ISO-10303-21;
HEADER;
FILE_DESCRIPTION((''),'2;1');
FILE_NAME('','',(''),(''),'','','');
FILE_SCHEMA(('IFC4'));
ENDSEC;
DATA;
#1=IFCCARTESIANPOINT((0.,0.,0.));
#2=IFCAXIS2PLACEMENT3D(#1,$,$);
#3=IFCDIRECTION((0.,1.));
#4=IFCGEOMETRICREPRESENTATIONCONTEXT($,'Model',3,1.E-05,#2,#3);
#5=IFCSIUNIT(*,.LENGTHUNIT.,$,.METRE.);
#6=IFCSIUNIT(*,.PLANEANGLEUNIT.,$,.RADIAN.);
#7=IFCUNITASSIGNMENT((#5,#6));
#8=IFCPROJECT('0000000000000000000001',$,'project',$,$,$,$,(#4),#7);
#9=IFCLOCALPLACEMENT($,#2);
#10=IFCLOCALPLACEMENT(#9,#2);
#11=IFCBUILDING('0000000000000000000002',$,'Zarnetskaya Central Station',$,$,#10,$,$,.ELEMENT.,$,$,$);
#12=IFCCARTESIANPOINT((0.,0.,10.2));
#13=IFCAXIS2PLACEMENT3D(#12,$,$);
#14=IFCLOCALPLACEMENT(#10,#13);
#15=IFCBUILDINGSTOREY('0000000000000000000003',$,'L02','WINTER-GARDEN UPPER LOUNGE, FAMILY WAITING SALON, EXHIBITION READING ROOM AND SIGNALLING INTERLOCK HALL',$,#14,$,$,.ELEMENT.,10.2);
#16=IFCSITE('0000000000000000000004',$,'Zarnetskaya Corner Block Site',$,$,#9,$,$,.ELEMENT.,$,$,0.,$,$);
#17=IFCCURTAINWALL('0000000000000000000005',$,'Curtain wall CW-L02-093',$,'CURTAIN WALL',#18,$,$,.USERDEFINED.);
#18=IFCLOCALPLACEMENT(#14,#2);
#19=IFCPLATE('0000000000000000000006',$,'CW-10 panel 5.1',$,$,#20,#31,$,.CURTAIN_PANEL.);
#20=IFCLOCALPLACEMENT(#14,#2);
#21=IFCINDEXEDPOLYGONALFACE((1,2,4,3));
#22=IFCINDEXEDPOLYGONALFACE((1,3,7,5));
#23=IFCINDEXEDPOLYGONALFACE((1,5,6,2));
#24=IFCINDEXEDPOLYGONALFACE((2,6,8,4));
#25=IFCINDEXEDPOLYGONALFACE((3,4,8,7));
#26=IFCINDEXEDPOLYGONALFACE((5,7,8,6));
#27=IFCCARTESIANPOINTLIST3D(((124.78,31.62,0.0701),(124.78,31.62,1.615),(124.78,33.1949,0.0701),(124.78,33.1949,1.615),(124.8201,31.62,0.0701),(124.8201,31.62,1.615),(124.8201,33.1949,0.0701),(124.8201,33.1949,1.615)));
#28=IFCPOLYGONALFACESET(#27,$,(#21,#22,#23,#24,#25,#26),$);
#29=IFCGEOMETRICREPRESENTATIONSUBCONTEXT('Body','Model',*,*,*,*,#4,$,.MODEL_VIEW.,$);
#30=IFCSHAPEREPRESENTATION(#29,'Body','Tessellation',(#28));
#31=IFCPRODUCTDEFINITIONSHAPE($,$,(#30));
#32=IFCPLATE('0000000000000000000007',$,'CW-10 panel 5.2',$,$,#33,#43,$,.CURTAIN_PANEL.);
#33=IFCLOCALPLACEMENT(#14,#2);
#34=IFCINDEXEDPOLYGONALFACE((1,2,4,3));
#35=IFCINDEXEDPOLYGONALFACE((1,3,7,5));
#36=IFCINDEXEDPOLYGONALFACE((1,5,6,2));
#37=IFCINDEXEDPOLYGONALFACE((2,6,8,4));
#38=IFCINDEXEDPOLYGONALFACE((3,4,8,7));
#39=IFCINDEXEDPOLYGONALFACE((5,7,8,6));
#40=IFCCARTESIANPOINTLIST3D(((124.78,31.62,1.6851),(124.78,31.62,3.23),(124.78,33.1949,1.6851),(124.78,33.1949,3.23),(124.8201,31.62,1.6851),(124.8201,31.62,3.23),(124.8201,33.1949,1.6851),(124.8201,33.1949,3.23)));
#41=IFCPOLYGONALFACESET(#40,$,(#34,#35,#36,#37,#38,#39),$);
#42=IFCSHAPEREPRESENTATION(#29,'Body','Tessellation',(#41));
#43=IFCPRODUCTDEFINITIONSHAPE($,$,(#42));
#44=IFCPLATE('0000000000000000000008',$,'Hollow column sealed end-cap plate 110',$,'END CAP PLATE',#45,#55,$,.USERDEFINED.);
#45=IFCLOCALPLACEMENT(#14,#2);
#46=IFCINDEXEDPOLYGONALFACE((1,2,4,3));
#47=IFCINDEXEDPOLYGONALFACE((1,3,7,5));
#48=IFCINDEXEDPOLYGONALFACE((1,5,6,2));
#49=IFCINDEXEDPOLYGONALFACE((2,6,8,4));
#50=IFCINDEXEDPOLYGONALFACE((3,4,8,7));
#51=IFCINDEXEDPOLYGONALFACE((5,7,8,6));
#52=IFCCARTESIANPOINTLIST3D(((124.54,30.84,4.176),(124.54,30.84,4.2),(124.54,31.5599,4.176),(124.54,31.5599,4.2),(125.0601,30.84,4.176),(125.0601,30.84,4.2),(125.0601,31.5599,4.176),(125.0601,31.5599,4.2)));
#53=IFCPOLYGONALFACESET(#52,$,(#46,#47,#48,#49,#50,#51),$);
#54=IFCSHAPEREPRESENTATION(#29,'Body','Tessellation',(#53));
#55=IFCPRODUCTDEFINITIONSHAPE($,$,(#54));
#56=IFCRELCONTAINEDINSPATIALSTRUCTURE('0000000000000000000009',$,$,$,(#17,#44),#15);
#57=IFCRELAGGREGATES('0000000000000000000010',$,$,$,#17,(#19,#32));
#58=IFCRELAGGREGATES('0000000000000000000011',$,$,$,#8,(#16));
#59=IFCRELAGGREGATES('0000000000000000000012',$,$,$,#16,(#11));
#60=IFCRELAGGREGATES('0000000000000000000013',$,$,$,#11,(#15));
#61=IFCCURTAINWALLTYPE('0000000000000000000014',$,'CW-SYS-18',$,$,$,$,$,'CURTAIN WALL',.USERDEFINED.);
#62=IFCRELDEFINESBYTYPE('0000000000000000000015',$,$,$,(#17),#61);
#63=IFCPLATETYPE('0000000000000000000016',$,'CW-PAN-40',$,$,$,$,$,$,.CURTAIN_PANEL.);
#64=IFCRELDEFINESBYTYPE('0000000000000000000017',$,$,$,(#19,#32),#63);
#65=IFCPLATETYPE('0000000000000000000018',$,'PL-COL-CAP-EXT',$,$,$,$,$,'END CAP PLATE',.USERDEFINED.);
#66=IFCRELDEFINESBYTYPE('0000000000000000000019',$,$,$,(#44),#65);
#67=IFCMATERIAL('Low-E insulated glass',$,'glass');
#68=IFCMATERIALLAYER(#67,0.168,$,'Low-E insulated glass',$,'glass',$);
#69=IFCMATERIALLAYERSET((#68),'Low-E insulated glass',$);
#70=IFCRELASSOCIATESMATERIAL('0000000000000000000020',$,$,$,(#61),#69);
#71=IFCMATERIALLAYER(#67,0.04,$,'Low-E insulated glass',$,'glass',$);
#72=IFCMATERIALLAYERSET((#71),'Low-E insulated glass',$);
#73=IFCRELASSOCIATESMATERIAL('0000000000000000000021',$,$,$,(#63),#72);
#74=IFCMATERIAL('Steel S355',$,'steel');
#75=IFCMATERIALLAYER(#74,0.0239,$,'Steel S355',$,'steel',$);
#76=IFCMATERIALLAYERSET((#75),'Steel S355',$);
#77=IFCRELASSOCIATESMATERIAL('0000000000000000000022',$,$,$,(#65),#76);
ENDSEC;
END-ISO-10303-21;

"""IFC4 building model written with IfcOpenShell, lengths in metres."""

from ifc_helpers import new_model, si_unit, direction, frame, origin, origin_2d, place, context, subcontext, project, spatial, rectangle, extrude, material, layer, layer_set, type_object, element, aggregate, save


model = new_model("IFC4")

# Units and contexts
model_context = context("Model", 3, precision=1e-05, world=origin(), true_north=direction((0.0, 1.0)))
body_context = subcontext(model_context, "Body", "Model", "MODEL_VIEW")
ifc_project = project(units=[si_unit("LENGTHUNIT", "METRE"), si_unit("PLANEANGLEUNIT", "RADIAN")], contexts=[model_context])

# Site, building, storey
site_placement = place(None, origin())
site = spatial("IfcSite", under=ifc_project, at=site_placement, Name="Zarnetskaya Corner Block Site", CompositionType="ELEMENT", RefElevation=0.0)
building_placement = place(site_placement, origin())
building = spatial("IfcBuilding", under=site, at=building_placement, Name="Zarnetskaya Central Station", CompositionType="ELEMENT")
storey_placement = place(building_placement, frame((0.0, 0.0, 10.2)))
storey = spatial("IfcBuildingStorey", under=building, at=storey_placement, Name="L02", Description="WINTER-GARDEN UPPER LOUNGE, FAMILY WAITING SALON, EXHIBITION READING ROOM AND SIGNALLING INTERLOCK HALL", CompositionType="ELEMENT", Elevation=10.2)

# Shared definitions
ifc_material_1 = material(Name="Steel S355", Category="steel")

# Curtain wall
ifc_material_2 = material(Name="Low-E insulated glass", Category="glass")
ifc_layer_1 = layer(ifc_material_2, 0.168, Name="Low-E insulated glass", Category="glass")
ifc_layer_set_1 = layer_set([ifc_layer_1], Name="Low-E insulated glass")
curtain_wall_type = type_object("IfcCurtainWallType", Name="CW-SYS-18", ElementType="CURTAIN WALL", PredefinedType="USERDEFINED", material=ifc_layer_set_1)
curtain_wall_1_placement = place(storey_placement, origin())
curtain_wall_1 = element("IfcCurtainWall", 1, at=curtain_wall_1_placement, inside=storey, type_object=curtain_wall_type, Name="Curtain wall CW-L02-093", ObjectType="CURTAIN WALL", PredefinedType="USERDEFINED")

# Plates
ifc_layer_2 = layer(ifc_material_2, 0.04, Name="Low-E insulated glass", Category="glass")
ifc_layer_set_2 = layer_set([ifc_layer_2], Name="Low-E insulated glass")
plate_type_1 = type_object("IfcPlateType", Name="CW-PAN-40", PredefinedType="CURTAIN_PANEL", material=ifc_layer_set_2)
plate_1_placement = place(storey_placement, frame((124.8, 32.4075, 0.0701), z_axis=(0.0, 0.0, 1.0), x_axis=(0.0, -1.0, 0.0)))
plate_1 = element("IfcPlate", 2, at=plate_1_placement, type_object=plate_type_1, Name="CW-10 panel 5.1", PredefinedType="CURTAIN_PANEL", context=body_context, shape_type="SweptSolid", body=[
    extrude(rectangle(XDim=1.575, YDim=0.04, at=origin_2d()), origin(), (0.0, 0.0, 1.0), 1.5449),
])
plate_2_placement = place(storey_placement, frame((124.8, 32.4075, 1.6851), z_axis=(0.0, 0.0, 1.0), x_axis=(0.0, -1.0, 0.0)))
plate_2 = element("IfcPlate", 3, at=plate_2_placement, type_object=plate_type_1, Name="CW-10 panel 5.2", PredefinedType="CURTAIN_PANEL", context=body_context, shape_type="SweptSolid", body=[
    extrude(rectangle(XDim=1.575, YDim=0.04, at=origin_2d()), origin(), (0.0, 0.0, 1.0), 1.5449),
])
aggregate(curtain_wall_1, [plate_1, plate_2])
ifc_layer_3 = layer(ifc_material_1, 0.0239, Name="Steel S355", Category="steel")
ifc_layer_set_3 = layer_set([ifc_layer_3], Name="Steel S355")
plate_type_2 = type_object("IfcPlateType", Name="PL-COL-CAP-EXT", ElementType="END CAP PLATE", PredefinedType="USERDEFINED", material=ifc_layer_set_3)
plate_3_placement = place(storey_placement, frame((124.8, 31.2, 4.176), z_axis=(0.0, 0.0, 1.0), x_axis=(1.0, 0.0, 0.0)))
element("IfcPlate", 4, at=plate_3_placement, inside=storey, type_object=plate_type_2, Name="Hollow column sealed end-cap plate 110", ObjectType="END CAP PLATE", PredefinedType="USERDEFINED", context=body_context, shape_type="SweptSolid", body=[
    extrude(rectangle(XDim=0.52, YDim=0.72, at=origin_2d()), origin(), (0.0, 0.0, 1.0), 0.0239),
])

save(model, "model.ifc")
